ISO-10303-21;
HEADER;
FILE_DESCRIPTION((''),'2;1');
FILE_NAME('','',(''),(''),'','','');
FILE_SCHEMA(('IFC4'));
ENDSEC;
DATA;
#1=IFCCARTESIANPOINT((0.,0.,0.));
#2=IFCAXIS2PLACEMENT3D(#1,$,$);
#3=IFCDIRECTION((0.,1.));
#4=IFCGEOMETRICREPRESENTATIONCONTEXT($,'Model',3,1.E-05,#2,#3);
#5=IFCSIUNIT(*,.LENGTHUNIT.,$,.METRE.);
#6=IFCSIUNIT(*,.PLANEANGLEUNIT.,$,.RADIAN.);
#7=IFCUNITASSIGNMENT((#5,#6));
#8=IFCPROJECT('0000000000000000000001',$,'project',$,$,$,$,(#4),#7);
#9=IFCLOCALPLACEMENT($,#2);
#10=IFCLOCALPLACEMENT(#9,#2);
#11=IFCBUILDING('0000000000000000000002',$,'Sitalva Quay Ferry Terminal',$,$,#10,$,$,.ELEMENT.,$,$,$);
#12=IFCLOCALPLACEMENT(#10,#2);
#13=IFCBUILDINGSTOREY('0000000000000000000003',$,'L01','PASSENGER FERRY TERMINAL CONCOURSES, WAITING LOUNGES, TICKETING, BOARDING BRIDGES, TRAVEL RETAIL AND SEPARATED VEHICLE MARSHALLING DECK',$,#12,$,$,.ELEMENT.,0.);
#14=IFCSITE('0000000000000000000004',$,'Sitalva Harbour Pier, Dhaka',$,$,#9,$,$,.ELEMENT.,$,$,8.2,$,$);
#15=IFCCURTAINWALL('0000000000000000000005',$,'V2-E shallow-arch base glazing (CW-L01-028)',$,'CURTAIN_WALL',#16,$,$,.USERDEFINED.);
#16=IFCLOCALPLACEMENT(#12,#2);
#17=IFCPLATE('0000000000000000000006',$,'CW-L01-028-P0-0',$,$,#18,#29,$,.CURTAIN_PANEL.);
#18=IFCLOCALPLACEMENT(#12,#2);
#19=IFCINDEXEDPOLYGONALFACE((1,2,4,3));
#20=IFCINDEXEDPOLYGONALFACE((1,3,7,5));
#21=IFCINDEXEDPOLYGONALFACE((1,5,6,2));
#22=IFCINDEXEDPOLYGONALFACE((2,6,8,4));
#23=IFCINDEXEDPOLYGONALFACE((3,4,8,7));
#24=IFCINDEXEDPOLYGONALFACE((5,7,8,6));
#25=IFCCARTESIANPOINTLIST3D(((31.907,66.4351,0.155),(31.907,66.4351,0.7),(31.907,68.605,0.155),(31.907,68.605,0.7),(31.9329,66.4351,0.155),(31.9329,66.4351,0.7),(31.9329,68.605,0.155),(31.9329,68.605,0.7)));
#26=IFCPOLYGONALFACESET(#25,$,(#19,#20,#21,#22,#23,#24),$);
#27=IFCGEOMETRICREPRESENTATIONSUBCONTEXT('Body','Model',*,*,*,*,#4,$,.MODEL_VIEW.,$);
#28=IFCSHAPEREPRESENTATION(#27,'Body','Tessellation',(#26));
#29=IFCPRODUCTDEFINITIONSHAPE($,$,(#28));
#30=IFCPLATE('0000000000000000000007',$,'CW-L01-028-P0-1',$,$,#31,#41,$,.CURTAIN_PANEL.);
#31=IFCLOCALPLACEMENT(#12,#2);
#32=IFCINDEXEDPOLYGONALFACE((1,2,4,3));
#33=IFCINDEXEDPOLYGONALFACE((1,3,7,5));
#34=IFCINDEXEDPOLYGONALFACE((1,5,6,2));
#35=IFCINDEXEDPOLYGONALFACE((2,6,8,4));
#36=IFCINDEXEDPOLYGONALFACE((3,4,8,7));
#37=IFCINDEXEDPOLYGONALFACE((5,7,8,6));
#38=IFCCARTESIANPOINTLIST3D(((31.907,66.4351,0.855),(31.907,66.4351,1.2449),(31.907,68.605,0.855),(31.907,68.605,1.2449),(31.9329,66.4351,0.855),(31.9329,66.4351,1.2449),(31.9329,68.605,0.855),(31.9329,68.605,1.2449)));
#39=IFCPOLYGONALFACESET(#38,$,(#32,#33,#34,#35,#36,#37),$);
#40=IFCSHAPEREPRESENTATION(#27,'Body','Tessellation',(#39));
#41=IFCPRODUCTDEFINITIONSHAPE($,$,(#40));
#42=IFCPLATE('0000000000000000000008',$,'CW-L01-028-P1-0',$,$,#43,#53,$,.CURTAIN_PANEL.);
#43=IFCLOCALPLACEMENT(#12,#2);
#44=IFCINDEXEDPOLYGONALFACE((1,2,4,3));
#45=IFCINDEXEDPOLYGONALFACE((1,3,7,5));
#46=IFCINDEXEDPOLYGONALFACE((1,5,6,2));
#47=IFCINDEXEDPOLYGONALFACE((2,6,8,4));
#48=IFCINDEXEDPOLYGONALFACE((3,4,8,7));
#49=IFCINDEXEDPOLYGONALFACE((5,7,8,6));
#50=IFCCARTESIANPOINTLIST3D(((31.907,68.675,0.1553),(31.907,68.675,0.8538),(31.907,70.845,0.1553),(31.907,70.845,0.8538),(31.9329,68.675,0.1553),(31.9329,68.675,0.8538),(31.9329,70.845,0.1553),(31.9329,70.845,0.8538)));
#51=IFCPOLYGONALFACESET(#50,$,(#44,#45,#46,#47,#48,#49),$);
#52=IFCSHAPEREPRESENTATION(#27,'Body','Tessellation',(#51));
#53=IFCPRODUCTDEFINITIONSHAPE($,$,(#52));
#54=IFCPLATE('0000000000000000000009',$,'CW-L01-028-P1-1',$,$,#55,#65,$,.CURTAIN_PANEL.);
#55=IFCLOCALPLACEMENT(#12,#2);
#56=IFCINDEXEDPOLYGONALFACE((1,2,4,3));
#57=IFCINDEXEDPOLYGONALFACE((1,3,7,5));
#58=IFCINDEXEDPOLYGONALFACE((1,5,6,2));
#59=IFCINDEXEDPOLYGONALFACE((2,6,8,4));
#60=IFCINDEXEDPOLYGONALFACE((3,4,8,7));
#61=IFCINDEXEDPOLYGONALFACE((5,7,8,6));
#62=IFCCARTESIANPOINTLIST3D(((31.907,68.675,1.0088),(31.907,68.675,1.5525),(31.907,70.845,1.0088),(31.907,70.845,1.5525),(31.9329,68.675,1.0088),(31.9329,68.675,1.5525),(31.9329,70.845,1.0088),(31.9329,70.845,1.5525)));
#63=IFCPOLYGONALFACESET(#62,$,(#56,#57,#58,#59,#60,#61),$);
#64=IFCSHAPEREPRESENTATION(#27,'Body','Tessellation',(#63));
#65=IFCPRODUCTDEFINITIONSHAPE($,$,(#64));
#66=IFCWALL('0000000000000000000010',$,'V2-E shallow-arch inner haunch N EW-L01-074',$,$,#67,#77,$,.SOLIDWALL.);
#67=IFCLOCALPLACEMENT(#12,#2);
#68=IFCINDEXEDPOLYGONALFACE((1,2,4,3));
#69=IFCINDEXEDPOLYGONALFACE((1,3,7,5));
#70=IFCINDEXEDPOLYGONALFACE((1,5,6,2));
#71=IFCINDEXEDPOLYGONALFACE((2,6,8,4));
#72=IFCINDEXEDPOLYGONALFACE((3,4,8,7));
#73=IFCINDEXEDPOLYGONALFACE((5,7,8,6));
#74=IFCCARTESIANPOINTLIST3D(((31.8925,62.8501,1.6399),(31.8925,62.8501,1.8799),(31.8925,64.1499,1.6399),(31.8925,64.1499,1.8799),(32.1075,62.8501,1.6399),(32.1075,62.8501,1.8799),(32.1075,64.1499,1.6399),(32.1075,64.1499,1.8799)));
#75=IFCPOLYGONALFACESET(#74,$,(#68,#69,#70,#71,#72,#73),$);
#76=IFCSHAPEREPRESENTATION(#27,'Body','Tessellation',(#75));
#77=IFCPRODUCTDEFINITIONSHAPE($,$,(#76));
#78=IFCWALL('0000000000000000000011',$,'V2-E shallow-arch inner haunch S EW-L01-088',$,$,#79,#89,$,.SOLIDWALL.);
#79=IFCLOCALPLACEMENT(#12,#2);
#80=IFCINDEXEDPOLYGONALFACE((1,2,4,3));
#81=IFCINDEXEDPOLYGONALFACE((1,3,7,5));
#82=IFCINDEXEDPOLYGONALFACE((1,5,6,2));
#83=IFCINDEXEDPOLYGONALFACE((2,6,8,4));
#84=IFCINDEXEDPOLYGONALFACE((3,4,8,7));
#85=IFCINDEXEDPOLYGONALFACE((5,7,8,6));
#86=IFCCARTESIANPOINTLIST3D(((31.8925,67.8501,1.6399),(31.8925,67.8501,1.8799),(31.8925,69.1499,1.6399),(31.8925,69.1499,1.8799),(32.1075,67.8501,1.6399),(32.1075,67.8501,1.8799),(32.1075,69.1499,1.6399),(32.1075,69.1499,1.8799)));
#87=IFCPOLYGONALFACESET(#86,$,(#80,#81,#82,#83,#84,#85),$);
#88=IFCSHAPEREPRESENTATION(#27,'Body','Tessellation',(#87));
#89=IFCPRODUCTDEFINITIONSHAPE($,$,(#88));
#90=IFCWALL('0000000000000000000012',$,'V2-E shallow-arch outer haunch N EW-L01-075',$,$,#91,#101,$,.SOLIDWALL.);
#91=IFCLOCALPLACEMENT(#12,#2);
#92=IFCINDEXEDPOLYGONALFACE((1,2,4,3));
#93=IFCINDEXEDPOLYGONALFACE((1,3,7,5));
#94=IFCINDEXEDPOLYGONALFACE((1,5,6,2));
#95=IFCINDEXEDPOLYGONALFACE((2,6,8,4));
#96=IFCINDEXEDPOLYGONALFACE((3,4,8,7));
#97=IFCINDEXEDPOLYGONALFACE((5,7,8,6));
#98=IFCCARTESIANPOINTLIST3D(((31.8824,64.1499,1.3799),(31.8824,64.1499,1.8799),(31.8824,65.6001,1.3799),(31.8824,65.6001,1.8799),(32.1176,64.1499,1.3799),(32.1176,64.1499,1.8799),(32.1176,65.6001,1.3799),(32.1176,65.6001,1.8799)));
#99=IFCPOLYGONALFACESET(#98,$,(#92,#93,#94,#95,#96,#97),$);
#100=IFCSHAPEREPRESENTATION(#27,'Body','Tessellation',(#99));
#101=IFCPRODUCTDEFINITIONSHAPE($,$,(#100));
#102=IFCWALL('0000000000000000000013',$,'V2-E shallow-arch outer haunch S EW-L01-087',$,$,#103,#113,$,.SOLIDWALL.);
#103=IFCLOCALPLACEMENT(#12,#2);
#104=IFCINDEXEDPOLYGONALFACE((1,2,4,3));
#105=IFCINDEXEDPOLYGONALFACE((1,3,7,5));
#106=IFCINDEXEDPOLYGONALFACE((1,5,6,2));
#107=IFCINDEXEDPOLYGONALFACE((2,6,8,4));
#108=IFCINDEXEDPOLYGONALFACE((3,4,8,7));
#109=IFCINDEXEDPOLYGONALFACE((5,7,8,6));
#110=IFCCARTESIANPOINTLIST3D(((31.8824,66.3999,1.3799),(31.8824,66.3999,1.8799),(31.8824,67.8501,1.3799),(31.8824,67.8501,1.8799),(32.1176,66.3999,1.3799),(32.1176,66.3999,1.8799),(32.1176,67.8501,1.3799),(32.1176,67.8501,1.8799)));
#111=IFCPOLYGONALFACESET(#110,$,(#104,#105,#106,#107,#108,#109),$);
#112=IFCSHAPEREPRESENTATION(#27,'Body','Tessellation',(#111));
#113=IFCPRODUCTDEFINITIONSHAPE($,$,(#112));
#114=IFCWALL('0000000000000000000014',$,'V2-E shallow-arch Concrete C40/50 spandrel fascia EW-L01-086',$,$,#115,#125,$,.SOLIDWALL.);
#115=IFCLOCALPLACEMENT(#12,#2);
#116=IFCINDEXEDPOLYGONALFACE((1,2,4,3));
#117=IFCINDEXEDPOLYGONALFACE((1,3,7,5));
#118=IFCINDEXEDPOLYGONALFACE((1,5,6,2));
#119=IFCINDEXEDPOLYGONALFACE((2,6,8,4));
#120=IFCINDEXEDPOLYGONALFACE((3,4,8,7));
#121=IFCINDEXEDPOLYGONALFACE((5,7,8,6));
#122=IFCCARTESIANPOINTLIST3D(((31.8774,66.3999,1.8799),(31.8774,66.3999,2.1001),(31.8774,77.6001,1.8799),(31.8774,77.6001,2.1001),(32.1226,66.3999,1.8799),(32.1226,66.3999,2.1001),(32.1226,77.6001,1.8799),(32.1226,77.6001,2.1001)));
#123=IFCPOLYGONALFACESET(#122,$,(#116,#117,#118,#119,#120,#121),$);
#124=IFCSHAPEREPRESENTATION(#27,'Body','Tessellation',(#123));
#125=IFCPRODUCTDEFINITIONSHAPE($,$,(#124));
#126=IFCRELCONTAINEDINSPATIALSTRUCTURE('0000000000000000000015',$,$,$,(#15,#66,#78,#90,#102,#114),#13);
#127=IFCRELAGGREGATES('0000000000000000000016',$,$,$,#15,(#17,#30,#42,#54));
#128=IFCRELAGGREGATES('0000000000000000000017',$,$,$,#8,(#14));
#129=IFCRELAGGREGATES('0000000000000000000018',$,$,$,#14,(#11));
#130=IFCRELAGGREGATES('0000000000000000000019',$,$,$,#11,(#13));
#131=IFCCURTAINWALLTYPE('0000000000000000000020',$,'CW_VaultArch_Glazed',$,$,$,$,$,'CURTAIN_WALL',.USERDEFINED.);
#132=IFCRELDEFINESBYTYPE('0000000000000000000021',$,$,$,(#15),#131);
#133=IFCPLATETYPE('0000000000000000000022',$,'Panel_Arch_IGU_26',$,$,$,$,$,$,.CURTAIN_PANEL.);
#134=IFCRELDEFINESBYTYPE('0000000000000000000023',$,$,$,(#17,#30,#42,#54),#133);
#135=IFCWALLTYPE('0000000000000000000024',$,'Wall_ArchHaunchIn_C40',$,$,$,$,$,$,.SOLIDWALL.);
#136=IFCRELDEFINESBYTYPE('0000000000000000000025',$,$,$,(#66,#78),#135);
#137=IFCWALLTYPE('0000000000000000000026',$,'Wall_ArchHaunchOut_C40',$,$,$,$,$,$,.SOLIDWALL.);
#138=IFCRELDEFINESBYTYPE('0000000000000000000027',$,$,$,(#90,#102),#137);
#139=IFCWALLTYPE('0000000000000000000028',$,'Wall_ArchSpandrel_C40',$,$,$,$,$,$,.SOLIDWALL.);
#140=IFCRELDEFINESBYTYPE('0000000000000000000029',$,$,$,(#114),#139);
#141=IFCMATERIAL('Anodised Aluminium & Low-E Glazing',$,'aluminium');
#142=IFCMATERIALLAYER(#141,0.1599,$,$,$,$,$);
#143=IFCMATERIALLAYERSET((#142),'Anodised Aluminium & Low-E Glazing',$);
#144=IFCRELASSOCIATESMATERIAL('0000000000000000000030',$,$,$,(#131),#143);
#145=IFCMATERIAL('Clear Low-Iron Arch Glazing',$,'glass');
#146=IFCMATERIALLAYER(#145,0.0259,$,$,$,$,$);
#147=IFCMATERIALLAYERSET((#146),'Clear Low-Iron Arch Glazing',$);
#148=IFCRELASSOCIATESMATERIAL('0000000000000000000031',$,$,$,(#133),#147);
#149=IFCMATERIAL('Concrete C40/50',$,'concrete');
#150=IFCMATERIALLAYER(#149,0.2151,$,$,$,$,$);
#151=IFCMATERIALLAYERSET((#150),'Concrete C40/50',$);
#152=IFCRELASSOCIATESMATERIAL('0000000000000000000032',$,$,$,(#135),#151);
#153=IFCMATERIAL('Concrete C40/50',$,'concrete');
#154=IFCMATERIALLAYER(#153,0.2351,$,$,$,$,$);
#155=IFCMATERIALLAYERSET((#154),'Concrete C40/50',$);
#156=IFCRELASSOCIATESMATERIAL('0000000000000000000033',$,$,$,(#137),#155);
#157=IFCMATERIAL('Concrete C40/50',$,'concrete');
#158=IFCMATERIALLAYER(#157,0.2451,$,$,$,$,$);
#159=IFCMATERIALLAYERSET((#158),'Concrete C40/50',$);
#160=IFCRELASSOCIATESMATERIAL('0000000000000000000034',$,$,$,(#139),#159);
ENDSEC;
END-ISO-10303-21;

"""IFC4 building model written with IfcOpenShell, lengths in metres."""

from ifc_helpers import new_model, si_unit, direction, frame, frame_2d, origin, origin_2d, place, context, subcontext, project, spatial, rectangle, extrude, material, layer, layer_set, type_object, element, aggregate, save


model = new_model("IFC4")

# Units and contexts
model_context = context("Model", 3, precision=1e-05, world=origin(), true_north=direction((0.0, 1.0)))
body_context = subcontext(model_context, "Body", "Model", "MODEL_VIEW")
ifc_project = project(units=[si_unit("LENGTHUNIT", "METRE"), si_unit("PLANEANGLEUNIT", "RADIAN")], contexts=[model_context])

# Site, building, storey
site_placement = place(None, origin())
site = spatial("IfcSite", under=ifc_project, at=site_placement, Name="Sitalva Harbour Pier, Dhaka", CompositionType="ELEMENT", RefElevation=8.2)
building_placement = place(site_placement, origin())
building = spatial("IfcBuilding", under=site, at=building_placement, Name="Sitalva Quay Ferry Terminal", CompositionType="ELEMENT")
storey_placement = place(building_placement, origin())
storey = spatial("IfcBuildingStorey", under=building, at=storey_placement, Name="L01", Description="PASSENGER FERRY TERMINAL CONCOURSES, WAITING LOUNGES, TICKETING, BOARDING BRIDGES, TRAVEL RETAIL AND SEPARATED VEHICLE MARSHALLING DECK", CompositionType="ELEMENT", Elevation=0.0)

# Shared definitions
ifc_material_1 = material(Name="Anodised Aluminium & Low-E Glazing", Category="aluminium")
ifc_layer_1 = layer(ifc_material_1, 0.1599)
ifc_layer_set_1 = layer_set([ifc_layer_1], Name="Anodised Aluminium & Low-E Glazing")
curtain_wall_type = type_object("IfcCurtainWallType", Name="CW_VaultArch_Glazed", ElementType="CURTAIN_WALL", PredefinedType="USERDEFINED", material=ifc_layer_set_1)

# Curtain wall
curtain_wall_1_placement = place(storey_placement, origin())
curtain_wall_1 = element("IfcCurtainWall", 1, at=curtain_wall_1_placement, inside=storey, type_object=curtain_wall_type, Name="V2-E shallow-arch base glazing (CW-L01-028)", ObjectType="CURTAIN_WALL", PredefinedType="USERDEFINED")

# Plates
ifc_material_2 = material(Name="Clear Low-Iron Arch Glazing", Category="glass")
ifc_layer_2 = layer(ifc_material_2, 0.0259)
ifc_layer_set_2 = layer_set([ifc_layer_2], Name="Clear Low-Iron Arch Glazing")
plate_type = type_object("IfcPlateType", Name="Panel_Arch_IGU_26", PredefinedType="CURTAIN_PANEL", material=ifc_layer_set_2)
plate_1_placement = place(storey_placement, frame((31.9199, 67.52, 0.155), z_axis=(0.0, 0.0, 1.0), x_axis=(0.0, 1.0, 0.0)))
plate_1 = element("IfcPlate", 2, at=plate_1_placement, type_object=plate_type, Name="CW-L01-028-P0-0", PredefinedType="CURTAIN_PANEL", context=body_context, shape_type="SweptSolid", body=[
    extrude(rectangle(XDim=2.1699, YDim=0.0259, at=origin_2d()), origin(), (0.0, 0.0, 1.0), 0.5449),
])
plate_2_placement = place(storey_placement, frame((31.9199, 67.52, 0.855), z_axis=(0.0, 0.0, 1.0), x_axis=(0.0, 1.0, 0.0)))
plate_2 = element("IfcPlate", 3, at=plate_2_placement, type_object=plate_type, Name="CW-L01-028-P0-1", PredefinedType="CURTAIN_PANEL", context=body_context, shape_type="SweptSolid", body=[
    extrude(rectangle(XDim=2.1699, YDim=0.0259, at=origin_2d()), origin(), (0.0, 0.0, 1.0), 0.3899),
])
plate_3_placement = place(storey_placement, frame((31.9199, 69.76, 0.1553), z_axis=(0.0, 0.0, 1.0), x_axis=(0.0, 1.0, 0.0)))
plate_3 = element("IfcPlate", 4, at=plate_3_placement, type_object=plate_type, Name="CW-L01-028-P1-0", PredefinedType="CURTAIN_PANEL", context=body_context, shape_type="SweptSolid", body=[
    extrude(rectangle(XDim=2.1699, YDim=0.0259, at=origin_2d()), origin(), (0.0, 0.0, 1.0), 0.6985),
])
plate_4_placement = place(storey_placement, frame((31.9199, 69.76, 1.0088), z_axis=(0.0, 0.0, 1.0), x_axis=(0.0, 1.0, 0.0)))
plate_4 = element("IfcPlate", 5, at=plate_4_placement, type_object=plate_type, Name="CW-L01-028-P1-1", PredefinedType="CURTAIN_PANEL", context=body_context, shape_type="SweptSolid", body=[
    extrude(rectangle(XDim=2.1699, YDim=0.0259, at=origin_2d()), origin(), (0.0, 0.0, 1.0), 0.5437),
])
aggregate(curtain_wall_1, [plate_1, plate_2, plate_3, plate_4])

# Walls
ifc_material_3 = material(Name="Concrete C40/50", Category="concrete")
ifc_layer_3 = layer(ifc_material_3, 0.2151)
ifc_layer_set_3 = layer_set([ifc_layer_3], Name="Concrete C40/50")
wall_type_1 = type_object("IfcWallType", Name="Wall_ArchHaunchIn_C40", PredefinedType="SOLIDWALL", material=ifc_layer_set_3)
for number, where, z_axis, x_axis, name in (
    (6, (32.0, 62.8501, 1.6399), (0.0, 0.0, 1.0), (0.0, 1.0, 0.0), "V2-E shallow-arch inner haunch N EW-L01-074"),
    (7, (32.0, 67.8501, 1.6399), (0.0, 0.0, 1.0), (0.0, 1.0, 0.0), "V2-E shallow-arch inner haunch S EW-L01-088"),
):
    element("IfcWall", number, at=place(storey_placement, frame(where, z_axis=z_axis, x_axis=x_axis)), inside=storey, type_object=wall_type_1, Name=name, PredefinedType="SOLIDWALL", context=body_context, shape_type="SweptSolid", body=[
        extrude(rectangle(XDim=1.2998, YDim=0.2151, at=frame_2d((0.6499, 0.0))), origin(), (0.0, 0.0, 1.0), 0.24),
    ])
ifc_material_4 = material(Name="Concrete C40/50", Category="concrete")
ifc_layer_4 = layer(ifc_material_4, 0.2351)
ifc_layer_set_4 = layer_set([ifc_layer_4], Name="Concrete C40/50")
wall_type_2 = type_object("IfcWallType", Name="Wall_ArchHaunchOut_C40", PredefinedType="SOLIDWALL", material=ifc_layer_set_4)
for number, where, z_axis, x_axis, name in (
    (8, (32.0, 64.1499, 1.3799), (0.0, 0.0, 1.0), (0.0, 1.0, 0.0), "V2-E shallow-arch outer haunch N EW-L01-075"),
    (9, (32.0, 66.3999, 1.3799), (0.0, 0.0, 1.0), (0.0, 1.0, 0.0), "V2-E shallow-arch outer haunch S EW-L01-087"),
):
    element("IfcWall", number, at=place(storey_placement, frame(where, z_axis=z_axis, x_axis=x_axis)), inside=storey, type_object=wall_type_2, Name=name, PredefinedType="SOLIDWALL", context=body_context, shape_type="SweptSolid", body=[
        extrude(rectangle(XDim=1.4502, YDim=0.2351, at=frame_2d((0.7251, 0.0))), origin(), (0.0, 0.0, 1.0), 0.5),
    ])
ifc_material_5 = material(Name="Concrete C40/50", Category="concrete")
ifc_layer_5 = layer(ifc_material_5, 0.2451)
ifc_layer_set_5 = layer_set([ifc_layer_5], Name="Concrete C40/50")
wall_type_3 = type_object("IfcWallType", Name="Wall_ArchSpandrel_C40", PredefinedType="SOLIDWALL", material=ifc_layer_set_5)
wall_placement = place(storey_placement, frame((32.0, 66.3999, 1.8799), z_axis=(0.0, 0.0, 1.0), x_axis=(0.0, 1.0, 0.0)))
element("IfcWall", 10, at=wall_placement, inside=storey, type_object=wall_type_3, Name="V2-E shallow-arch Concrete C40/50 spandrel fascia EW-L01-086", PredefinedType="SOLIDWALL", context=body_context, shape_type="SweptSolid", body=[
    extrude(rectangle(XDim=11.2002, YDim=0.2451, at=frame_2d((5.6001, 0.0))), origin(), (0.0, 0.0, 1.0), 0.2202),
])

save(model, "model.ifc")
